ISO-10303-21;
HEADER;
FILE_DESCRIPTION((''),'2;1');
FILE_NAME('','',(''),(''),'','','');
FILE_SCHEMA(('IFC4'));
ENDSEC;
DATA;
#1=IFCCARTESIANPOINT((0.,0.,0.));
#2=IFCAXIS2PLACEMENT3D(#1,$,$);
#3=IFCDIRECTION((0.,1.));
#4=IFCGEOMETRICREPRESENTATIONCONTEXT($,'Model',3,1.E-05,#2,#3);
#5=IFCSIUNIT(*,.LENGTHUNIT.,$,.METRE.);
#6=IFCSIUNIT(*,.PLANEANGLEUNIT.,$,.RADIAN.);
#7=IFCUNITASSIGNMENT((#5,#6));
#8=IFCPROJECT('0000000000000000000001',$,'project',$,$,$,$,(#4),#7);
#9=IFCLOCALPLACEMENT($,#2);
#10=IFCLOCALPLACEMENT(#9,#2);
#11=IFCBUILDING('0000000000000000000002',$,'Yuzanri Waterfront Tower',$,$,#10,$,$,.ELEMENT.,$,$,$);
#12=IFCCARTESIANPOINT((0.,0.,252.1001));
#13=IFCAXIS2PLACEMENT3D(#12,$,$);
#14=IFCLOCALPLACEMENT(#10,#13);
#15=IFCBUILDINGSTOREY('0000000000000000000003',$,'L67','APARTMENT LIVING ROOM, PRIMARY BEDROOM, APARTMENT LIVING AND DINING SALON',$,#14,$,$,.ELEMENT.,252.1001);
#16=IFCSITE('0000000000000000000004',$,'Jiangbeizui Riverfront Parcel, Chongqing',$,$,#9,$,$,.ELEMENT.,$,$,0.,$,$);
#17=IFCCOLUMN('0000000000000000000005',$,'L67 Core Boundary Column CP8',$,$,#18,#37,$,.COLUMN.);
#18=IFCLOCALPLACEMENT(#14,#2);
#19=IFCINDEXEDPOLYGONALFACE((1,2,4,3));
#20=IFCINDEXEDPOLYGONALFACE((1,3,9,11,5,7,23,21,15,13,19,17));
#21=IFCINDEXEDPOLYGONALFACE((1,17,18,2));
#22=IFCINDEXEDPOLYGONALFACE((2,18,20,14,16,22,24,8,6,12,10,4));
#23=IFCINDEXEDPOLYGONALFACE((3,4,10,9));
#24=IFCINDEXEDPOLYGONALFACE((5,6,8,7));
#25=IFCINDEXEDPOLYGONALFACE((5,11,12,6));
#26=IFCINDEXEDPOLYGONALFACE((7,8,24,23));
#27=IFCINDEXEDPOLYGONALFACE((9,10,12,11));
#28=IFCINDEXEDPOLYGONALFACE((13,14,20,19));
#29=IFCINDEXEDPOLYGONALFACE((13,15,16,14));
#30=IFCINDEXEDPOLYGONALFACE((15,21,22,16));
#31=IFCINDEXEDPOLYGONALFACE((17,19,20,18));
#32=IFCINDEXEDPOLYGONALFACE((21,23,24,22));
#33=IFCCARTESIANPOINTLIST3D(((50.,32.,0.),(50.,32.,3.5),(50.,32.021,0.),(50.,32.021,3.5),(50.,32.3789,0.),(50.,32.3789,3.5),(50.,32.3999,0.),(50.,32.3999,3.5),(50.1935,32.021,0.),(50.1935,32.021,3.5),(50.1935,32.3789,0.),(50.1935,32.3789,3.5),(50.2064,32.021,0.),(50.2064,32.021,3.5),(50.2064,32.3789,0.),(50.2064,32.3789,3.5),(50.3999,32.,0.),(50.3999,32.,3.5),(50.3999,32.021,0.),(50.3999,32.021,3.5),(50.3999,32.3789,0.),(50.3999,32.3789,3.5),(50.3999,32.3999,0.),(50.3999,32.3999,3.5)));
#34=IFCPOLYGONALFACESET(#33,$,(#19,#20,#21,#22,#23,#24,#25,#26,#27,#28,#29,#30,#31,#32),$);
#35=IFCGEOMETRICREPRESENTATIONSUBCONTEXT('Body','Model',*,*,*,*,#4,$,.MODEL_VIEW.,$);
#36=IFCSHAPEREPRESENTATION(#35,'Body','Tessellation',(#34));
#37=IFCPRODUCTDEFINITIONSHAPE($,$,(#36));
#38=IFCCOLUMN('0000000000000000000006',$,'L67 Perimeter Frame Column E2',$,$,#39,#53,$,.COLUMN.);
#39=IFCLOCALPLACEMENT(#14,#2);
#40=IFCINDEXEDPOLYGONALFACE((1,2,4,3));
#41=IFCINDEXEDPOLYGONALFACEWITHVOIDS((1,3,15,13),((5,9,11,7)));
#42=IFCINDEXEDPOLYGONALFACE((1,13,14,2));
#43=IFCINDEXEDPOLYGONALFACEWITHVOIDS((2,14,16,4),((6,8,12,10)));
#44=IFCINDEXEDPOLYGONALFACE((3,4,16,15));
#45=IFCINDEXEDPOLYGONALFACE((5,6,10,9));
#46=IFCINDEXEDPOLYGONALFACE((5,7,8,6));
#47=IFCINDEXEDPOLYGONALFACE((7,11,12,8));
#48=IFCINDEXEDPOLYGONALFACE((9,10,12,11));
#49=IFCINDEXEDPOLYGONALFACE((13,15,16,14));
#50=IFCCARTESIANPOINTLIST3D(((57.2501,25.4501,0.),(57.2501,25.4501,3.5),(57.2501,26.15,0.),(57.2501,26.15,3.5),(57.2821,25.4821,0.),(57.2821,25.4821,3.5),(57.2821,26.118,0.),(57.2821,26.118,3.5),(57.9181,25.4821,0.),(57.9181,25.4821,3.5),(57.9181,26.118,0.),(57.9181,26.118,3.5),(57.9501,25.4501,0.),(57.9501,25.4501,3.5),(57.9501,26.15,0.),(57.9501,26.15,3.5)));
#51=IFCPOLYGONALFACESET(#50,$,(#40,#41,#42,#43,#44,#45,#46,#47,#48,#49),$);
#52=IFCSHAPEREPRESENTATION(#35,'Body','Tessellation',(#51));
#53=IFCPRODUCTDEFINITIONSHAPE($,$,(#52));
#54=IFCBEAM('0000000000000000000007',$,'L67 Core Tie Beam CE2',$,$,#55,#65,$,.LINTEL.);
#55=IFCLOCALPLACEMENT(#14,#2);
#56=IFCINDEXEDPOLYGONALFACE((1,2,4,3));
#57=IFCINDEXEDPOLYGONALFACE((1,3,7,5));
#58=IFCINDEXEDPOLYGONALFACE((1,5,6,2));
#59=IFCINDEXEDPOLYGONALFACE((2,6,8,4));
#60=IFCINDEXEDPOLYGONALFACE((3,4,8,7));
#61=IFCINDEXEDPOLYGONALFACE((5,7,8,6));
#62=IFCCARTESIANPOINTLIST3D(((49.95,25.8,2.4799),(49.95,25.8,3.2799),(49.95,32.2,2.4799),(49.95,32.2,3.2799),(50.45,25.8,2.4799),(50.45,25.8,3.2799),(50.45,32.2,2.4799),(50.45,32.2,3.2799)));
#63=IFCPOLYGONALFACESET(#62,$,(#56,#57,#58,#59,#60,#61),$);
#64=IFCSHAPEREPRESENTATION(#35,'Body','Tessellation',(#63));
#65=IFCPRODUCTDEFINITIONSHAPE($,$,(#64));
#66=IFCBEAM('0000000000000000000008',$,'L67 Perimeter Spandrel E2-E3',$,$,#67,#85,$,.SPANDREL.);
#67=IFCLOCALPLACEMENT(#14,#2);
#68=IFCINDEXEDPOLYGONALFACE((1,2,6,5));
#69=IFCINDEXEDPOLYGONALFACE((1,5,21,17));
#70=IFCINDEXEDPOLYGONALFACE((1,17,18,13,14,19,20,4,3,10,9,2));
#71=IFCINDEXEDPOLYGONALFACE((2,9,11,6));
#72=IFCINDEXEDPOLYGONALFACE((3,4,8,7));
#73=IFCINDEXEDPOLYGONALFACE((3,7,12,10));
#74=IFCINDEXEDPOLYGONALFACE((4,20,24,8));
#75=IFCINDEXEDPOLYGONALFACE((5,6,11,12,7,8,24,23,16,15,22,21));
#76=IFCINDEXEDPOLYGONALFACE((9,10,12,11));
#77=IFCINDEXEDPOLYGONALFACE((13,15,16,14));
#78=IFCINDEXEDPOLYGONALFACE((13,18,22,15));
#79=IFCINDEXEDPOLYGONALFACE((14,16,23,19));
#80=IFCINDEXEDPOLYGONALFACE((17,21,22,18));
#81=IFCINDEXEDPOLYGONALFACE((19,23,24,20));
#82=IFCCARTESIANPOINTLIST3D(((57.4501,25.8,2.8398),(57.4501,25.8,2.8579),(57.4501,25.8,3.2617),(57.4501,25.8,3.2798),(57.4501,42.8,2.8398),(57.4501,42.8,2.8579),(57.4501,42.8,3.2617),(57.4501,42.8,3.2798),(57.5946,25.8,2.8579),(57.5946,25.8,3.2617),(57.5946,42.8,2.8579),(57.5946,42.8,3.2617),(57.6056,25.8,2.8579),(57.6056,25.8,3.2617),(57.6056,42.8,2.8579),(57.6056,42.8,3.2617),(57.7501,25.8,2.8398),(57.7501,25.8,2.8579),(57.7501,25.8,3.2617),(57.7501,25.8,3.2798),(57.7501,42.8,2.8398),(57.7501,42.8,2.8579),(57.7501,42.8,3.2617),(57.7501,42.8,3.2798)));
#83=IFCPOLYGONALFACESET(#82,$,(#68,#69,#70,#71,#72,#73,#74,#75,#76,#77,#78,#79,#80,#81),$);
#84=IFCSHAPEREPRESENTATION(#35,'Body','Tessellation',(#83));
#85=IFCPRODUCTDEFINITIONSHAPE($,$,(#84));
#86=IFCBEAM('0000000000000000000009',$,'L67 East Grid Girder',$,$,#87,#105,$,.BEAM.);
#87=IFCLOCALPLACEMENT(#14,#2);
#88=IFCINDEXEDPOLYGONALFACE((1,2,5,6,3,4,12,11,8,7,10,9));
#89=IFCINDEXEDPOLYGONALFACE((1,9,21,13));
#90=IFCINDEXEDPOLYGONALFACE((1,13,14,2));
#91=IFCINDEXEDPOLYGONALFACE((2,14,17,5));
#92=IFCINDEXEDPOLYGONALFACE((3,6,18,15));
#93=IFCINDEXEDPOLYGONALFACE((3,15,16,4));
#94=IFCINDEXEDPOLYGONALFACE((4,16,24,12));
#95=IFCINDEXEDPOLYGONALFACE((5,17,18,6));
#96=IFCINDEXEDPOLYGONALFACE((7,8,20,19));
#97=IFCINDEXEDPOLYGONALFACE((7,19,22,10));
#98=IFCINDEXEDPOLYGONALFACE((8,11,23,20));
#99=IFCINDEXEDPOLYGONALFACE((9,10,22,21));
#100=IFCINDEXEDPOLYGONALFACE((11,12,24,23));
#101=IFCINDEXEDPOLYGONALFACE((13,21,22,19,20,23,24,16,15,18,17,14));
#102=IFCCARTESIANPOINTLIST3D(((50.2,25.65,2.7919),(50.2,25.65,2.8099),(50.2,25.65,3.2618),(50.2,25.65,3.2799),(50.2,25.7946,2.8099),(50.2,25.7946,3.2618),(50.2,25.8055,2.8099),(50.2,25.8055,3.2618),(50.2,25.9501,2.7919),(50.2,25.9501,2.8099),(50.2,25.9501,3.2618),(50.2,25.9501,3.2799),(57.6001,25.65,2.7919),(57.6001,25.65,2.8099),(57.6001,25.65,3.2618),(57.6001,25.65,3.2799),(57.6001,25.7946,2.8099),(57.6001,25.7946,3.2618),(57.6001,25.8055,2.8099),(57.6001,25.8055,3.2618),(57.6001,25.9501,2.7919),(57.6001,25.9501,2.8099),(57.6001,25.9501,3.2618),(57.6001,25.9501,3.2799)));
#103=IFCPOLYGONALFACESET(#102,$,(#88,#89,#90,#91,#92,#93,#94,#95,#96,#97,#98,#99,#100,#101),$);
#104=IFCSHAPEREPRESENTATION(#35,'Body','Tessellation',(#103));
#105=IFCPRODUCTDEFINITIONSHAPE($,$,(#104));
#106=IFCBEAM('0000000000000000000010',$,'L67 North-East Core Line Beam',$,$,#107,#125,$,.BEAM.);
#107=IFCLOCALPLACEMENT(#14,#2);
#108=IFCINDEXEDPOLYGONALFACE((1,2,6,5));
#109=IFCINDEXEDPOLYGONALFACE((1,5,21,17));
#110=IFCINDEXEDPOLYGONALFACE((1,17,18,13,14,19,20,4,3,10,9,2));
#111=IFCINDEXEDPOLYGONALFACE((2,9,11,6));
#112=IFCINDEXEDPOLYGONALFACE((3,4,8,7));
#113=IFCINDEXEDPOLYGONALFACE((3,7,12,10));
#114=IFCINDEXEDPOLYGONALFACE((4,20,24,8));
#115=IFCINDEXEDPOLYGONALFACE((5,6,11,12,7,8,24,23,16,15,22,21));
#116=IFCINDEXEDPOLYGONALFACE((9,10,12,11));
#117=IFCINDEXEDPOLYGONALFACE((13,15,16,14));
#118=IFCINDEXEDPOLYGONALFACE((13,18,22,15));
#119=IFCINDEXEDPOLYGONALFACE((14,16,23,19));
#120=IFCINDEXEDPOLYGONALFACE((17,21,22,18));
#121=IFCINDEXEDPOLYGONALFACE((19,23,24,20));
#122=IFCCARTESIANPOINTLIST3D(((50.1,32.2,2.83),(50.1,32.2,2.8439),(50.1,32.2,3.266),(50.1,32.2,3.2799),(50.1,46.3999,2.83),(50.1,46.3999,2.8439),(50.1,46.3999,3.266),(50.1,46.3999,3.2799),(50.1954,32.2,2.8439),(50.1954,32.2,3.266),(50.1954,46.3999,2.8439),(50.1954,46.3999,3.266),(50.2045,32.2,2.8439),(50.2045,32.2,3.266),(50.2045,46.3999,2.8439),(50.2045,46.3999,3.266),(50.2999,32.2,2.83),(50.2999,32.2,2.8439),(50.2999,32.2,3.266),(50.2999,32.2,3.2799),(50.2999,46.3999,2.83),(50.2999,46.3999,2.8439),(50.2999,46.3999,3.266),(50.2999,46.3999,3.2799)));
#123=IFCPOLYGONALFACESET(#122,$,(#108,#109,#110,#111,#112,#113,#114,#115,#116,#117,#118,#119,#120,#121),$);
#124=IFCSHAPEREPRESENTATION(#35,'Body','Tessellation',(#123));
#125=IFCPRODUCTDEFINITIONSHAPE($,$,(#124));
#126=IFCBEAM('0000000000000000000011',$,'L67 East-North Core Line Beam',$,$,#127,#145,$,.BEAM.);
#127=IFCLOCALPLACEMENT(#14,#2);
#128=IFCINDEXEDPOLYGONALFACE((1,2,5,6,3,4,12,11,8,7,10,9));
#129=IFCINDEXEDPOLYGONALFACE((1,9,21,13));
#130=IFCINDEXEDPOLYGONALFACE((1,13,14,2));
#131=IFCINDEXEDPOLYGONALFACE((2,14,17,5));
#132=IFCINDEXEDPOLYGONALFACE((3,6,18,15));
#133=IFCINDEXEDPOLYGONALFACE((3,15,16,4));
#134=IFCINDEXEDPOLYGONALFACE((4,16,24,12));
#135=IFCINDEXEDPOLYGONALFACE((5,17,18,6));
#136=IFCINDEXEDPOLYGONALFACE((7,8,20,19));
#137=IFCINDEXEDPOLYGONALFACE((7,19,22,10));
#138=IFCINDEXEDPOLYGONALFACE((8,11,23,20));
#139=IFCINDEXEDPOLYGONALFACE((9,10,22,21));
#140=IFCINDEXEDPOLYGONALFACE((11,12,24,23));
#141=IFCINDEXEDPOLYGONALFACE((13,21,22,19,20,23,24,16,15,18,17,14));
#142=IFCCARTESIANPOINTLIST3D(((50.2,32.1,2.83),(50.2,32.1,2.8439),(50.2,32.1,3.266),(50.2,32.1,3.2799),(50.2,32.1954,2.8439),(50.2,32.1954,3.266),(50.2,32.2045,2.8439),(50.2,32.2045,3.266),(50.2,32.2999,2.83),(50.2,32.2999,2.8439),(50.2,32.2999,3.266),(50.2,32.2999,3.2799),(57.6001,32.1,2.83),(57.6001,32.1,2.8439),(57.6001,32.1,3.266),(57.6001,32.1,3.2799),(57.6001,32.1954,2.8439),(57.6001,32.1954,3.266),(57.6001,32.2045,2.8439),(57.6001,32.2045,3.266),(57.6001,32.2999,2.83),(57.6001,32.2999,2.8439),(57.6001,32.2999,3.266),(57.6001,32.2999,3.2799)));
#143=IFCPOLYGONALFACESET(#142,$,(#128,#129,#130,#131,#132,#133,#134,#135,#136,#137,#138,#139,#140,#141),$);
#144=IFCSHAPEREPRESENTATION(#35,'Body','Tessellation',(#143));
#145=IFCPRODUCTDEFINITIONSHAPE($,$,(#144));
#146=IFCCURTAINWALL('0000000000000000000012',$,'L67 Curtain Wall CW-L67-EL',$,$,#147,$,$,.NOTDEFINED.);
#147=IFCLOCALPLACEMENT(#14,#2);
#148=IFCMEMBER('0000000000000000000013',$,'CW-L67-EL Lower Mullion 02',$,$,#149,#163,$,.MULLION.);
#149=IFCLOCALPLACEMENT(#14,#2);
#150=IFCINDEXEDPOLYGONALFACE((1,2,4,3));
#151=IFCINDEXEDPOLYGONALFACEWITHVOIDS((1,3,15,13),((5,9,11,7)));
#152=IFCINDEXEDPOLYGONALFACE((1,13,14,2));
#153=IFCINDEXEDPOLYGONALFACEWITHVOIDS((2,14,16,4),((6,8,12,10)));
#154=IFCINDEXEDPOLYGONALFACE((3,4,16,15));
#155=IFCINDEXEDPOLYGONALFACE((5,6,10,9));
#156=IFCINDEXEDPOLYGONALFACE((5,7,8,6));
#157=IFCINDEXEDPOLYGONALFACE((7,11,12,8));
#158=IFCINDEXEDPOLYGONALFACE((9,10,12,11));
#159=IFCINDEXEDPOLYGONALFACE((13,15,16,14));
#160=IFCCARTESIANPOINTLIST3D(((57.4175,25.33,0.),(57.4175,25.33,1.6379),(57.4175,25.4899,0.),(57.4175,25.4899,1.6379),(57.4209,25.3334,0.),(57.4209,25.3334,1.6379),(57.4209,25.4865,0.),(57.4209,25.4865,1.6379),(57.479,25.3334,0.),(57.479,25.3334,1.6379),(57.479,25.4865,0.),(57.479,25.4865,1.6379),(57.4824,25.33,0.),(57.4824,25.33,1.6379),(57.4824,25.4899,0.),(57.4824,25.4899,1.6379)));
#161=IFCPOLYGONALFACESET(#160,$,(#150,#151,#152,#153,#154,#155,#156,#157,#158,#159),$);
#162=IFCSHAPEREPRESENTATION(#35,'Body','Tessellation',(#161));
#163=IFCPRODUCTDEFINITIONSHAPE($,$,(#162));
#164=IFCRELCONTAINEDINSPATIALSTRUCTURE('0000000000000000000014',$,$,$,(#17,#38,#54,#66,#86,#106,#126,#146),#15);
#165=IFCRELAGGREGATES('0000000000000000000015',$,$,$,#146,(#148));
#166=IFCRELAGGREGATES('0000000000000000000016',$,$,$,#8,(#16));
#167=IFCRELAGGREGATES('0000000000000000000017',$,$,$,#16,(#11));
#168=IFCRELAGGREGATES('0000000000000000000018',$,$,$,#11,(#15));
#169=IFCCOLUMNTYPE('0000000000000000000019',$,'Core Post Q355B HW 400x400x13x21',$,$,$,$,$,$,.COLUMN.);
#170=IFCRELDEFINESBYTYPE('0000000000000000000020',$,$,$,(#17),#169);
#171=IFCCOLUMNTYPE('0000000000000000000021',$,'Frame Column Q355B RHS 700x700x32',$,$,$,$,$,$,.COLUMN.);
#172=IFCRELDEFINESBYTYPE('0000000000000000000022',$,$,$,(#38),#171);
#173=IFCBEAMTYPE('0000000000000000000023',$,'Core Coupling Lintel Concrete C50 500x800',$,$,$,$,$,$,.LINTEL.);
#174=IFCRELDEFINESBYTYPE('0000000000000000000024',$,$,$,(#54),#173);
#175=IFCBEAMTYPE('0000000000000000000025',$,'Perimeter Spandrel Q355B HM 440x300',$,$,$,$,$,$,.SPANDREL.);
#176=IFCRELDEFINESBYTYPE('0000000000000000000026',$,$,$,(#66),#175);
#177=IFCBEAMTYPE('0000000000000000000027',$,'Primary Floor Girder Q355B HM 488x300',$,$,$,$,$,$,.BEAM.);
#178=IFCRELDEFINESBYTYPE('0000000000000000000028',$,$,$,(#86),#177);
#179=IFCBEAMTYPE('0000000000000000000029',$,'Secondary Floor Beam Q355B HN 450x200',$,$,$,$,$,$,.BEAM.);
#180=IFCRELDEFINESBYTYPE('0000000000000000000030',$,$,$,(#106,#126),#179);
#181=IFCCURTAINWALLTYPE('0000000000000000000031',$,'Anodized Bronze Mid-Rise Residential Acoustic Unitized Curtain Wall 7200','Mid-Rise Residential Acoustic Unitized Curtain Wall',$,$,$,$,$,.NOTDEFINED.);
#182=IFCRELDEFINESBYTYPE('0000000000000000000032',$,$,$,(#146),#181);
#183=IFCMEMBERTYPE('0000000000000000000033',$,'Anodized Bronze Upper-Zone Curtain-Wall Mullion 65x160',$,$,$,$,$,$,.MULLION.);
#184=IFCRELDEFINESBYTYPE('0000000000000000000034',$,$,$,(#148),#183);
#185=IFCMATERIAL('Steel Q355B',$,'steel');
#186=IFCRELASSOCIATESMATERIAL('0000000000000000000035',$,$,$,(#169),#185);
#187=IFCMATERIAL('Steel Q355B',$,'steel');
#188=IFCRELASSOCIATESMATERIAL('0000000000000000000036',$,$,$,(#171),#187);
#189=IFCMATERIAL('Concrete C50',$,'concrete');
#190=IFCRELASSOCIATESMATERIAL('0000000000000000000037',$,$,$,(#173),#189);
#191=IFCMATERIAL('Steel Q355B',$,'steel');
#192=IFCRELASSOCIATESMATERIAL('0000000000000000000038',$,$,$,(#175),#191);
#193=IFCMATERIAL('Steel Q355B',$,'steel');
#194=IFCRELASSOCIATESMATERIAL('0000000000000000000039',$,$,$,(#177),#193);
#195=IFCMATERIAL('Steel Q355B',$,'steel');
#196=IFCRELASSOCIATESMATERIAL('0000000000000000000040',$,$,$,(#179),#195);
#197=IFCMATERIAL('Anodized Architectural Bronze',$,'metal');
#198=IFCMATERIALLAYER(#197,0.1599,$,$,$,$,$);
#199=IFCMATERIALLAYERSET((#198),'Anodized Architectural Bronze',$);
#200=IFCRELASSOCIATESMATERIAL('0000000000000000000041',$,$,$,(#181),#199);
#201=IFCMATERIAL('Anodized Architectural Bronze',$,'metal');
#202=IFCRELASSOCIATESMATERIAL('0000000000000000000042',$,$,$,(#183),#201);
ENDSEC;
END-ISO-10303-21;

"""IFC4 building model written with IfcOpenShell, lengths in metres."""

from ifc_helpers import new_model, si_unit, direction, frame, origin, origin_2d, place, context, subcontext, project, spatial, rectangle, hollow_rectangle, i_section, extrude, source, transform, mapped, material, layer, layer_set, material_profile, profile_set, type_object, element, aggregate, save


model = new_model("IFC4")

# Units and contexts
model_context = context("Model", 3, precision=1e-05, world=origin(), true_north=direction((0.0, 1.0)))
body_context = subcontext(model_context, "Body", "Model", "MODEL_VIEW")
ifc_project = project(units=[si_unit("LENGTHUNIT", "METRE"), si_unit("PLANEANGLEUNIT", "RADIAN")], contexts=[model_context])

# Site, building, storey
site_placement = place(None, origin())
site = spatial("IfcSite", under=ifc_project, at=site_placement, Name="Jiangbeizui Riverfront Parcel, Chongqing", CompositionType="ELEMENT", RefElevation=0.0)
building_placement = place(site_placement, origin())
building = spatial("IfcBuilding", under=site, at=building_placement, Name="Yuzanri Waterfront Tower", CompositionType="ELEMENT")
storey_placement = place(building_placement, frame((0.0, 0.0, 252.1001)))
storey = spatial("IfcBuildingStorey", under=building, at=storey_placement, Name="L67", Description="APARTMENT LIVING ROOM, PRIMARY BEDROOM, APARTMENT LIVING AND DINING SALON", CompositionType="ELEMENT", Elevation=252.1001)

# Columns
ifc_material_1 = material(Name="Steel Q355B", Category="steel")
ifc_material_profile_1 = material_profile(ifc_material_1, i_section(OverallWidth=0.3999, OverallDepth=0.3999, WebThickness=0.0129, FlangeThickness=0.021, at=origin_2d()), Name="HW 400x400x13x21")
ifc_profile_set_1 = profile_set([ifc_material_profile_1], Name="Steel Q355B")
column_type_1 = type_object("IfcColumnType", Name="Core Post Q355B HW 400x400x13x21", PredefinedType="COLUMN", material=ifc_profile_set_1)
shared_shape_1 = source(origin(), body_context, "Body", "SweptSolid", [
    extrude(i_section(OverallWidth=0.3999, OverallDepth=0.3999, WebThickness=0.0129, FlangeThickness=0.021, at=origin_2d()), origin(), (0.0, 0.0, 1.0), 3.5),
])
column_1_placement = place(storey_placement, frame((50.2, 32.2, 0.0), z_axis=(0.0, 0.0, 1.0), x_axis=(1.0, 0.0, 0.0)))
element("IfcColumn", 1, at=column_1_placement, inside=storey, type_object=column_type_1, Name="L67 Core Boundary Column CP8", PredefinedType="COLUMN", context=body_context, shape_type="MappedRepresentation", body=[
    mapped(shared_shape_1, transform((0.0, 0.0, 0.0), scale=1.0)),
])
ifc_material_2 = material(Name="Steel Q355B", Category="steel")
ifc_material_profile_2 = material_profile(ifc_material_2, hollow_rectangle(XDim=0.7, YDim=0.7, WallThickness=0.032, at=origin_2d()), Name="RHS 700x700x32")
ifc_profile_set_2 = profile_set([ifc_material_profile_2], Name="Steel Q355B")
column_type_2 = type_object("IfcColumnType", Name="Frame Column Q355B RHS 700x700x32", PredefinedType="COLUMN", material=ifc_profile_set_2)
shared_shape_2 = source(origin(), body_context, "Body", "SweptSolid", [
    extrude(hollow_rectangle(XDim=0.7, YDim=0.7, WallThickness=0.032, at=origin_2d()), origin(), (0.0, 0.0, 1.0), 3.5),
])
column_2_placement = place(storey_placement, frame((57.6001, 25.8, 0.0), z_axis=(0.0, 0.0, 1.0), x_axis=(1.0, 0.0, 0.0)))
element("IfcColumn", 2, at=column_2_placement, inside=storey, type_object=column_type_2, Name="L67 Perimeter Frame Column E2", PredefinedType="COLUMN", context=body_context, shape_type="MappedRepresentation", body=[
    mapped(shared_shape_2, transform((0.0, 0.0, 0.0), scale=1.0)),
])

# Beams
ifc_material_3 = material(Name="Concrete C50", Category="concrete")
ifc_material_profile_3 = material_profile(ifc_material_3, rectangle(XDim=0.5, YDim=0.8, at=origin_2d()), Name="RC 500x800")
ifc_profile_set_3 = profile_set([ifc_material_profile_3], Name="Concrete C50")
beam_type_1 = type_object("IfcBeamType", Name="Core Coupling Lintel Concrete C50 500x800", PredefinedType="LINTEL", material=ifc_profile_set_3)
shared_shape_3 = source(origin(), body_context, "Body", "SweptSolid", [
    extrude(rectangle(XDim=0.5, YDim=0.8, at=origin_2d()), origin(), (0.0, 0.0, 1.0), 6.3999),
])
beam_1_placement = place(storey_placement, frame((50.2, 25.8, 2.8799), z_axis=(0.0, 1.0, 0.0), x_axis=(-1.0, 0.0, 0.0)))
element("IfcBeam", 3, at=beam_1_placement, inside=storey, type_object=beam_type_1, Name="L67 Core Tie Beam CE2", PredefinedType="LINTEL", context=body_context, shape_type="MappedRepresentation", body=[
    mapped(shared_shape_3, transform((0.0, 0.0, 0.0), scale=1.0)),
])
ifc_material_4 = material(Name="Steel Q355B", Category="steel")
ifc_material_profile_4 = material_profile(ifc_material_4, i_section(OverallWidth=0.3, OverallDepth=0.4399, WebThickness=0.011, FlangeThickness=0.0181, at=origin_2d()), Name="HM 440x300x11x18")
ifc_profile_set_4 = profile_set([ifc_material_profile_4], Name="Steel Q355B")
beam_type_2 = type_object("IfcBeamType", Name="Perimeter Spandrel Q355B HM 440x300", PredefinedType="SPANDREL", material=ifc_profile_set_4)
shared_shape_4 = source(origin(), body_context, "Body", "SweptSolid", [
    extrude(i_section(OverallWidth=0.3, OverallDepth=0.4399, WebThickness=0.011, FlangeThickness=0.0181, at=origin_2d()), origin(), (0.0, 0.0, 1.0), 17.0),
])
beam_2_placement = place(storey_placement, frame((57.6001, 25.8, 3.0598), z_axis=(0.0, 1.0, 0.0), x_axis=(-1.0, 0.0, 0.0)))
element("IfcBeam", 4, at=beam_2_placement, inside=storey, type_object=beam_type_2, Name="L67 Perimeter Spandrel E2-E3", PredefinedType="SPANDREL", context=body_context, shape_type="MappedRepresentation", body=[
    mapped(shared_shape_4, transform((0.0, 0.0, 0.0), scale=1.0)),
])
ifc_material_5 = material(Name="Steel Q355B", Category="steel")
ifc_material_profile_5 = material_profile(ifc_material_5, i_section(OverallWidth=0.3, OverallDepth=0.488, WebThickness=0.011, FlangeThickness=0.0181, at=origin_2d()), Name="HM 488x300x11x18")
ifc_profile_set_5 = profile_set([ifc_material_profile_5], Name="Steel Q355B")
beam_type_3 = type_object("IfcBeamType", Name="Primary Floor Girder Q355B HM 488x300", PredefinedType="BEAM", material=ifc_profile_set_5)
shared_shape_5 = source(origin(), body_context, "Body", "SweptSolid", [
    extrude(i_section(OverallWidth=0.3, OverallDepth=0.488, WebThickness=0.011, FlangeThickness=0.0181, at=origin_2d()), origin(), (0.0, 0.0, 1.0), 7.4001),
])
beam_3_placement = place(storey_placement, frame((50.2, 25.8, 3.0359), z_axis=(1.0, 0.0, 0.0), x_axis=(0.0, 1.0, 0.0)))
element("IfcBeam", 5, at=beam_3_placement, inside=storey, type_object=beam_type_3, Name="L67 East Grid Girder", PredefinedType="BEAM", context=body_context, shape_type="MappedRepresentation", body=[
    mapped(shared_shape_5, transform((0.0, 0.0, 0.0), scale=1.0)),
])
ifc_material_6 = material(Name="Steel Q355B", Category="steel")
ifc_material_profile_6 = material_profile(ifc_material_6, i_section(OverallWidth=0.2, OverallDepth=0.45, WebThickness=0.009, FlangeThickness=0.0139, at=origin_2d()), Name="HN 450x200x9x14")
ifc_profile_set_6 = profile_set([ifc_material_profile_6], Name="Steel Q355B")
beam_type_4 = type_object("IfcBeamType", Name="Secondary Floor Beam Q355B HN 450x200", PredefinedType="BEAM", material=ifc_profile_set_6)
shared_shape_6 = source(origin(), body_context, "Body", "SweptSolid", [
    extrude(i_section(OverallWidth=0.2, OverallDepth=0.45, WebThickness=0.009, FlangeThickness=0.0139, at=origin_2d()), origin(), (0.0, 0.0, 1.0), 14.2),
])
beam_4_placement = place(storey_placement, frame((50.2, 32.2, 3.0549), z_axis=(0.0, 1.0, 0.0), x_axis=(-1.0, 0.0, 0.0)))
element("IfcBeam", 6, at=beam_4_placement, inside=storey, type_object=beam_type_4, Name="L67 North-East Core Line Beam", PredefinedType="BEAM", context=body_context, shape_type="MappedRepresentation", body=[
    mapped(shared_shape_6, transform((0.0, 0.0, 0.0), scale=1.0)),
])
shared_shape_7 = source(origin(), body_context, "Body", "SweptSolid", [
    extrude(i_section(OverallWidth=0.2, OverallDepth=0.45, WebThickness=0.009, FlangeThickness=0.0139, at=origin_2d()), origin(), (0.0, 0.0, 1.0), 7.4001),
])
beam_5_placement = place(storey_placement, frame((50.2, 32.2, 3.0549), z_axis=(1.0, 0.0, 0.0), x_axis=(0.0, 1.0, 0.0)))
element("IfcBeam", 7, at=beam_5_placement, inside=storey, type_object=beam_type_4, Name="L67 East-North Core Line Beam", PredefinedType="BEAM", context=body_context, shape_type="MappedRepresentation", body=[
    mapped(shared_shape_7, transform((0.0, 0.0, 0.0), scale=1.0)),
])

# Curtain wall, member
ifc_material_7 = material(Name="Anodized Architectural Bronze", Category="metal")
ifc_layer_1 = layer(ifc_material_7, 0.1599)
ifc_layer_set_1 = layer_set([ifc_layer_1], Name="Anodized Architectural Bronze")
curtain_wall_type = type_object("IfcCurtainWallType", Name="Anodized Bronze Mid-Rise Residential Acoustic Unitized Curtain Wall 7200", Description="Mid-Rise Residential Acoustic Unitized Curtain Wall", PredefinedType="NOTDEFINED", material=ifc_layer_set_1)
curtain_wall_1_placement = place(storey_placement, origin())
curtain_wall_1 = element("IfcCurtainWall", 8, at=curtain_wall_1_placement, inside=storey, type_object=curtain_wall_type, Name="L67 Curtain Wall CW-L67-EL", PredefinedType="NOTDEFINED")
ifc_material_8 = material(Name="Anodized Architectural Bronze", Category="metal")
ifc_material_profile_7 = material_profile(ifc_material_8, hollow_rectangle(XDim=0.0649, YDim=0.1599, WallThickness=0.0034, at=origin_2d()), Name="CWM 65x160")
ifc_profile_set_7 = profile_set([ifc_material_profile_7], Name="Anodized Architectural Bronze")
member_type_1 = type_object("IfcMemberType", Name="Anodized Bronze Upper-Zone Curtain-Wall Mullion 65x160", PredefinedType="MULLION", material=ifc_profile_set_7)
shared_shape_8 = source(origin(), body_context, "Body", "SweptSolid", [
    extrude(hollow_rectangle(XDim=0.0649, YDim=0.1599, WallThickness=0.0034, at=origin_2d()), origin(), (0.0, 0.0, 1.0), 1.6379),
])
member_1_placement = place(storey_placement, frame((57.45, 25.4099, 0.0), z_axis=(0.0, 0.0, 1.0), x_axis=(1.0, 0.0, 0.0)))
member_1 = element("IfcMember", 9, at=member_1_placement, type_object=member_type_1, Name="CW-L67-EL Lower Mullion 02", PredefinedType="MULLION", context=body_context, shape_type="MappedRepresentation", body=[
    mapped(shared_shape_8, transform((0.0, 0.0, 0.0), scale=1.0)),
])
aggregate(curtain_wall_1, [member_1])

save(model, "model.ifc")
